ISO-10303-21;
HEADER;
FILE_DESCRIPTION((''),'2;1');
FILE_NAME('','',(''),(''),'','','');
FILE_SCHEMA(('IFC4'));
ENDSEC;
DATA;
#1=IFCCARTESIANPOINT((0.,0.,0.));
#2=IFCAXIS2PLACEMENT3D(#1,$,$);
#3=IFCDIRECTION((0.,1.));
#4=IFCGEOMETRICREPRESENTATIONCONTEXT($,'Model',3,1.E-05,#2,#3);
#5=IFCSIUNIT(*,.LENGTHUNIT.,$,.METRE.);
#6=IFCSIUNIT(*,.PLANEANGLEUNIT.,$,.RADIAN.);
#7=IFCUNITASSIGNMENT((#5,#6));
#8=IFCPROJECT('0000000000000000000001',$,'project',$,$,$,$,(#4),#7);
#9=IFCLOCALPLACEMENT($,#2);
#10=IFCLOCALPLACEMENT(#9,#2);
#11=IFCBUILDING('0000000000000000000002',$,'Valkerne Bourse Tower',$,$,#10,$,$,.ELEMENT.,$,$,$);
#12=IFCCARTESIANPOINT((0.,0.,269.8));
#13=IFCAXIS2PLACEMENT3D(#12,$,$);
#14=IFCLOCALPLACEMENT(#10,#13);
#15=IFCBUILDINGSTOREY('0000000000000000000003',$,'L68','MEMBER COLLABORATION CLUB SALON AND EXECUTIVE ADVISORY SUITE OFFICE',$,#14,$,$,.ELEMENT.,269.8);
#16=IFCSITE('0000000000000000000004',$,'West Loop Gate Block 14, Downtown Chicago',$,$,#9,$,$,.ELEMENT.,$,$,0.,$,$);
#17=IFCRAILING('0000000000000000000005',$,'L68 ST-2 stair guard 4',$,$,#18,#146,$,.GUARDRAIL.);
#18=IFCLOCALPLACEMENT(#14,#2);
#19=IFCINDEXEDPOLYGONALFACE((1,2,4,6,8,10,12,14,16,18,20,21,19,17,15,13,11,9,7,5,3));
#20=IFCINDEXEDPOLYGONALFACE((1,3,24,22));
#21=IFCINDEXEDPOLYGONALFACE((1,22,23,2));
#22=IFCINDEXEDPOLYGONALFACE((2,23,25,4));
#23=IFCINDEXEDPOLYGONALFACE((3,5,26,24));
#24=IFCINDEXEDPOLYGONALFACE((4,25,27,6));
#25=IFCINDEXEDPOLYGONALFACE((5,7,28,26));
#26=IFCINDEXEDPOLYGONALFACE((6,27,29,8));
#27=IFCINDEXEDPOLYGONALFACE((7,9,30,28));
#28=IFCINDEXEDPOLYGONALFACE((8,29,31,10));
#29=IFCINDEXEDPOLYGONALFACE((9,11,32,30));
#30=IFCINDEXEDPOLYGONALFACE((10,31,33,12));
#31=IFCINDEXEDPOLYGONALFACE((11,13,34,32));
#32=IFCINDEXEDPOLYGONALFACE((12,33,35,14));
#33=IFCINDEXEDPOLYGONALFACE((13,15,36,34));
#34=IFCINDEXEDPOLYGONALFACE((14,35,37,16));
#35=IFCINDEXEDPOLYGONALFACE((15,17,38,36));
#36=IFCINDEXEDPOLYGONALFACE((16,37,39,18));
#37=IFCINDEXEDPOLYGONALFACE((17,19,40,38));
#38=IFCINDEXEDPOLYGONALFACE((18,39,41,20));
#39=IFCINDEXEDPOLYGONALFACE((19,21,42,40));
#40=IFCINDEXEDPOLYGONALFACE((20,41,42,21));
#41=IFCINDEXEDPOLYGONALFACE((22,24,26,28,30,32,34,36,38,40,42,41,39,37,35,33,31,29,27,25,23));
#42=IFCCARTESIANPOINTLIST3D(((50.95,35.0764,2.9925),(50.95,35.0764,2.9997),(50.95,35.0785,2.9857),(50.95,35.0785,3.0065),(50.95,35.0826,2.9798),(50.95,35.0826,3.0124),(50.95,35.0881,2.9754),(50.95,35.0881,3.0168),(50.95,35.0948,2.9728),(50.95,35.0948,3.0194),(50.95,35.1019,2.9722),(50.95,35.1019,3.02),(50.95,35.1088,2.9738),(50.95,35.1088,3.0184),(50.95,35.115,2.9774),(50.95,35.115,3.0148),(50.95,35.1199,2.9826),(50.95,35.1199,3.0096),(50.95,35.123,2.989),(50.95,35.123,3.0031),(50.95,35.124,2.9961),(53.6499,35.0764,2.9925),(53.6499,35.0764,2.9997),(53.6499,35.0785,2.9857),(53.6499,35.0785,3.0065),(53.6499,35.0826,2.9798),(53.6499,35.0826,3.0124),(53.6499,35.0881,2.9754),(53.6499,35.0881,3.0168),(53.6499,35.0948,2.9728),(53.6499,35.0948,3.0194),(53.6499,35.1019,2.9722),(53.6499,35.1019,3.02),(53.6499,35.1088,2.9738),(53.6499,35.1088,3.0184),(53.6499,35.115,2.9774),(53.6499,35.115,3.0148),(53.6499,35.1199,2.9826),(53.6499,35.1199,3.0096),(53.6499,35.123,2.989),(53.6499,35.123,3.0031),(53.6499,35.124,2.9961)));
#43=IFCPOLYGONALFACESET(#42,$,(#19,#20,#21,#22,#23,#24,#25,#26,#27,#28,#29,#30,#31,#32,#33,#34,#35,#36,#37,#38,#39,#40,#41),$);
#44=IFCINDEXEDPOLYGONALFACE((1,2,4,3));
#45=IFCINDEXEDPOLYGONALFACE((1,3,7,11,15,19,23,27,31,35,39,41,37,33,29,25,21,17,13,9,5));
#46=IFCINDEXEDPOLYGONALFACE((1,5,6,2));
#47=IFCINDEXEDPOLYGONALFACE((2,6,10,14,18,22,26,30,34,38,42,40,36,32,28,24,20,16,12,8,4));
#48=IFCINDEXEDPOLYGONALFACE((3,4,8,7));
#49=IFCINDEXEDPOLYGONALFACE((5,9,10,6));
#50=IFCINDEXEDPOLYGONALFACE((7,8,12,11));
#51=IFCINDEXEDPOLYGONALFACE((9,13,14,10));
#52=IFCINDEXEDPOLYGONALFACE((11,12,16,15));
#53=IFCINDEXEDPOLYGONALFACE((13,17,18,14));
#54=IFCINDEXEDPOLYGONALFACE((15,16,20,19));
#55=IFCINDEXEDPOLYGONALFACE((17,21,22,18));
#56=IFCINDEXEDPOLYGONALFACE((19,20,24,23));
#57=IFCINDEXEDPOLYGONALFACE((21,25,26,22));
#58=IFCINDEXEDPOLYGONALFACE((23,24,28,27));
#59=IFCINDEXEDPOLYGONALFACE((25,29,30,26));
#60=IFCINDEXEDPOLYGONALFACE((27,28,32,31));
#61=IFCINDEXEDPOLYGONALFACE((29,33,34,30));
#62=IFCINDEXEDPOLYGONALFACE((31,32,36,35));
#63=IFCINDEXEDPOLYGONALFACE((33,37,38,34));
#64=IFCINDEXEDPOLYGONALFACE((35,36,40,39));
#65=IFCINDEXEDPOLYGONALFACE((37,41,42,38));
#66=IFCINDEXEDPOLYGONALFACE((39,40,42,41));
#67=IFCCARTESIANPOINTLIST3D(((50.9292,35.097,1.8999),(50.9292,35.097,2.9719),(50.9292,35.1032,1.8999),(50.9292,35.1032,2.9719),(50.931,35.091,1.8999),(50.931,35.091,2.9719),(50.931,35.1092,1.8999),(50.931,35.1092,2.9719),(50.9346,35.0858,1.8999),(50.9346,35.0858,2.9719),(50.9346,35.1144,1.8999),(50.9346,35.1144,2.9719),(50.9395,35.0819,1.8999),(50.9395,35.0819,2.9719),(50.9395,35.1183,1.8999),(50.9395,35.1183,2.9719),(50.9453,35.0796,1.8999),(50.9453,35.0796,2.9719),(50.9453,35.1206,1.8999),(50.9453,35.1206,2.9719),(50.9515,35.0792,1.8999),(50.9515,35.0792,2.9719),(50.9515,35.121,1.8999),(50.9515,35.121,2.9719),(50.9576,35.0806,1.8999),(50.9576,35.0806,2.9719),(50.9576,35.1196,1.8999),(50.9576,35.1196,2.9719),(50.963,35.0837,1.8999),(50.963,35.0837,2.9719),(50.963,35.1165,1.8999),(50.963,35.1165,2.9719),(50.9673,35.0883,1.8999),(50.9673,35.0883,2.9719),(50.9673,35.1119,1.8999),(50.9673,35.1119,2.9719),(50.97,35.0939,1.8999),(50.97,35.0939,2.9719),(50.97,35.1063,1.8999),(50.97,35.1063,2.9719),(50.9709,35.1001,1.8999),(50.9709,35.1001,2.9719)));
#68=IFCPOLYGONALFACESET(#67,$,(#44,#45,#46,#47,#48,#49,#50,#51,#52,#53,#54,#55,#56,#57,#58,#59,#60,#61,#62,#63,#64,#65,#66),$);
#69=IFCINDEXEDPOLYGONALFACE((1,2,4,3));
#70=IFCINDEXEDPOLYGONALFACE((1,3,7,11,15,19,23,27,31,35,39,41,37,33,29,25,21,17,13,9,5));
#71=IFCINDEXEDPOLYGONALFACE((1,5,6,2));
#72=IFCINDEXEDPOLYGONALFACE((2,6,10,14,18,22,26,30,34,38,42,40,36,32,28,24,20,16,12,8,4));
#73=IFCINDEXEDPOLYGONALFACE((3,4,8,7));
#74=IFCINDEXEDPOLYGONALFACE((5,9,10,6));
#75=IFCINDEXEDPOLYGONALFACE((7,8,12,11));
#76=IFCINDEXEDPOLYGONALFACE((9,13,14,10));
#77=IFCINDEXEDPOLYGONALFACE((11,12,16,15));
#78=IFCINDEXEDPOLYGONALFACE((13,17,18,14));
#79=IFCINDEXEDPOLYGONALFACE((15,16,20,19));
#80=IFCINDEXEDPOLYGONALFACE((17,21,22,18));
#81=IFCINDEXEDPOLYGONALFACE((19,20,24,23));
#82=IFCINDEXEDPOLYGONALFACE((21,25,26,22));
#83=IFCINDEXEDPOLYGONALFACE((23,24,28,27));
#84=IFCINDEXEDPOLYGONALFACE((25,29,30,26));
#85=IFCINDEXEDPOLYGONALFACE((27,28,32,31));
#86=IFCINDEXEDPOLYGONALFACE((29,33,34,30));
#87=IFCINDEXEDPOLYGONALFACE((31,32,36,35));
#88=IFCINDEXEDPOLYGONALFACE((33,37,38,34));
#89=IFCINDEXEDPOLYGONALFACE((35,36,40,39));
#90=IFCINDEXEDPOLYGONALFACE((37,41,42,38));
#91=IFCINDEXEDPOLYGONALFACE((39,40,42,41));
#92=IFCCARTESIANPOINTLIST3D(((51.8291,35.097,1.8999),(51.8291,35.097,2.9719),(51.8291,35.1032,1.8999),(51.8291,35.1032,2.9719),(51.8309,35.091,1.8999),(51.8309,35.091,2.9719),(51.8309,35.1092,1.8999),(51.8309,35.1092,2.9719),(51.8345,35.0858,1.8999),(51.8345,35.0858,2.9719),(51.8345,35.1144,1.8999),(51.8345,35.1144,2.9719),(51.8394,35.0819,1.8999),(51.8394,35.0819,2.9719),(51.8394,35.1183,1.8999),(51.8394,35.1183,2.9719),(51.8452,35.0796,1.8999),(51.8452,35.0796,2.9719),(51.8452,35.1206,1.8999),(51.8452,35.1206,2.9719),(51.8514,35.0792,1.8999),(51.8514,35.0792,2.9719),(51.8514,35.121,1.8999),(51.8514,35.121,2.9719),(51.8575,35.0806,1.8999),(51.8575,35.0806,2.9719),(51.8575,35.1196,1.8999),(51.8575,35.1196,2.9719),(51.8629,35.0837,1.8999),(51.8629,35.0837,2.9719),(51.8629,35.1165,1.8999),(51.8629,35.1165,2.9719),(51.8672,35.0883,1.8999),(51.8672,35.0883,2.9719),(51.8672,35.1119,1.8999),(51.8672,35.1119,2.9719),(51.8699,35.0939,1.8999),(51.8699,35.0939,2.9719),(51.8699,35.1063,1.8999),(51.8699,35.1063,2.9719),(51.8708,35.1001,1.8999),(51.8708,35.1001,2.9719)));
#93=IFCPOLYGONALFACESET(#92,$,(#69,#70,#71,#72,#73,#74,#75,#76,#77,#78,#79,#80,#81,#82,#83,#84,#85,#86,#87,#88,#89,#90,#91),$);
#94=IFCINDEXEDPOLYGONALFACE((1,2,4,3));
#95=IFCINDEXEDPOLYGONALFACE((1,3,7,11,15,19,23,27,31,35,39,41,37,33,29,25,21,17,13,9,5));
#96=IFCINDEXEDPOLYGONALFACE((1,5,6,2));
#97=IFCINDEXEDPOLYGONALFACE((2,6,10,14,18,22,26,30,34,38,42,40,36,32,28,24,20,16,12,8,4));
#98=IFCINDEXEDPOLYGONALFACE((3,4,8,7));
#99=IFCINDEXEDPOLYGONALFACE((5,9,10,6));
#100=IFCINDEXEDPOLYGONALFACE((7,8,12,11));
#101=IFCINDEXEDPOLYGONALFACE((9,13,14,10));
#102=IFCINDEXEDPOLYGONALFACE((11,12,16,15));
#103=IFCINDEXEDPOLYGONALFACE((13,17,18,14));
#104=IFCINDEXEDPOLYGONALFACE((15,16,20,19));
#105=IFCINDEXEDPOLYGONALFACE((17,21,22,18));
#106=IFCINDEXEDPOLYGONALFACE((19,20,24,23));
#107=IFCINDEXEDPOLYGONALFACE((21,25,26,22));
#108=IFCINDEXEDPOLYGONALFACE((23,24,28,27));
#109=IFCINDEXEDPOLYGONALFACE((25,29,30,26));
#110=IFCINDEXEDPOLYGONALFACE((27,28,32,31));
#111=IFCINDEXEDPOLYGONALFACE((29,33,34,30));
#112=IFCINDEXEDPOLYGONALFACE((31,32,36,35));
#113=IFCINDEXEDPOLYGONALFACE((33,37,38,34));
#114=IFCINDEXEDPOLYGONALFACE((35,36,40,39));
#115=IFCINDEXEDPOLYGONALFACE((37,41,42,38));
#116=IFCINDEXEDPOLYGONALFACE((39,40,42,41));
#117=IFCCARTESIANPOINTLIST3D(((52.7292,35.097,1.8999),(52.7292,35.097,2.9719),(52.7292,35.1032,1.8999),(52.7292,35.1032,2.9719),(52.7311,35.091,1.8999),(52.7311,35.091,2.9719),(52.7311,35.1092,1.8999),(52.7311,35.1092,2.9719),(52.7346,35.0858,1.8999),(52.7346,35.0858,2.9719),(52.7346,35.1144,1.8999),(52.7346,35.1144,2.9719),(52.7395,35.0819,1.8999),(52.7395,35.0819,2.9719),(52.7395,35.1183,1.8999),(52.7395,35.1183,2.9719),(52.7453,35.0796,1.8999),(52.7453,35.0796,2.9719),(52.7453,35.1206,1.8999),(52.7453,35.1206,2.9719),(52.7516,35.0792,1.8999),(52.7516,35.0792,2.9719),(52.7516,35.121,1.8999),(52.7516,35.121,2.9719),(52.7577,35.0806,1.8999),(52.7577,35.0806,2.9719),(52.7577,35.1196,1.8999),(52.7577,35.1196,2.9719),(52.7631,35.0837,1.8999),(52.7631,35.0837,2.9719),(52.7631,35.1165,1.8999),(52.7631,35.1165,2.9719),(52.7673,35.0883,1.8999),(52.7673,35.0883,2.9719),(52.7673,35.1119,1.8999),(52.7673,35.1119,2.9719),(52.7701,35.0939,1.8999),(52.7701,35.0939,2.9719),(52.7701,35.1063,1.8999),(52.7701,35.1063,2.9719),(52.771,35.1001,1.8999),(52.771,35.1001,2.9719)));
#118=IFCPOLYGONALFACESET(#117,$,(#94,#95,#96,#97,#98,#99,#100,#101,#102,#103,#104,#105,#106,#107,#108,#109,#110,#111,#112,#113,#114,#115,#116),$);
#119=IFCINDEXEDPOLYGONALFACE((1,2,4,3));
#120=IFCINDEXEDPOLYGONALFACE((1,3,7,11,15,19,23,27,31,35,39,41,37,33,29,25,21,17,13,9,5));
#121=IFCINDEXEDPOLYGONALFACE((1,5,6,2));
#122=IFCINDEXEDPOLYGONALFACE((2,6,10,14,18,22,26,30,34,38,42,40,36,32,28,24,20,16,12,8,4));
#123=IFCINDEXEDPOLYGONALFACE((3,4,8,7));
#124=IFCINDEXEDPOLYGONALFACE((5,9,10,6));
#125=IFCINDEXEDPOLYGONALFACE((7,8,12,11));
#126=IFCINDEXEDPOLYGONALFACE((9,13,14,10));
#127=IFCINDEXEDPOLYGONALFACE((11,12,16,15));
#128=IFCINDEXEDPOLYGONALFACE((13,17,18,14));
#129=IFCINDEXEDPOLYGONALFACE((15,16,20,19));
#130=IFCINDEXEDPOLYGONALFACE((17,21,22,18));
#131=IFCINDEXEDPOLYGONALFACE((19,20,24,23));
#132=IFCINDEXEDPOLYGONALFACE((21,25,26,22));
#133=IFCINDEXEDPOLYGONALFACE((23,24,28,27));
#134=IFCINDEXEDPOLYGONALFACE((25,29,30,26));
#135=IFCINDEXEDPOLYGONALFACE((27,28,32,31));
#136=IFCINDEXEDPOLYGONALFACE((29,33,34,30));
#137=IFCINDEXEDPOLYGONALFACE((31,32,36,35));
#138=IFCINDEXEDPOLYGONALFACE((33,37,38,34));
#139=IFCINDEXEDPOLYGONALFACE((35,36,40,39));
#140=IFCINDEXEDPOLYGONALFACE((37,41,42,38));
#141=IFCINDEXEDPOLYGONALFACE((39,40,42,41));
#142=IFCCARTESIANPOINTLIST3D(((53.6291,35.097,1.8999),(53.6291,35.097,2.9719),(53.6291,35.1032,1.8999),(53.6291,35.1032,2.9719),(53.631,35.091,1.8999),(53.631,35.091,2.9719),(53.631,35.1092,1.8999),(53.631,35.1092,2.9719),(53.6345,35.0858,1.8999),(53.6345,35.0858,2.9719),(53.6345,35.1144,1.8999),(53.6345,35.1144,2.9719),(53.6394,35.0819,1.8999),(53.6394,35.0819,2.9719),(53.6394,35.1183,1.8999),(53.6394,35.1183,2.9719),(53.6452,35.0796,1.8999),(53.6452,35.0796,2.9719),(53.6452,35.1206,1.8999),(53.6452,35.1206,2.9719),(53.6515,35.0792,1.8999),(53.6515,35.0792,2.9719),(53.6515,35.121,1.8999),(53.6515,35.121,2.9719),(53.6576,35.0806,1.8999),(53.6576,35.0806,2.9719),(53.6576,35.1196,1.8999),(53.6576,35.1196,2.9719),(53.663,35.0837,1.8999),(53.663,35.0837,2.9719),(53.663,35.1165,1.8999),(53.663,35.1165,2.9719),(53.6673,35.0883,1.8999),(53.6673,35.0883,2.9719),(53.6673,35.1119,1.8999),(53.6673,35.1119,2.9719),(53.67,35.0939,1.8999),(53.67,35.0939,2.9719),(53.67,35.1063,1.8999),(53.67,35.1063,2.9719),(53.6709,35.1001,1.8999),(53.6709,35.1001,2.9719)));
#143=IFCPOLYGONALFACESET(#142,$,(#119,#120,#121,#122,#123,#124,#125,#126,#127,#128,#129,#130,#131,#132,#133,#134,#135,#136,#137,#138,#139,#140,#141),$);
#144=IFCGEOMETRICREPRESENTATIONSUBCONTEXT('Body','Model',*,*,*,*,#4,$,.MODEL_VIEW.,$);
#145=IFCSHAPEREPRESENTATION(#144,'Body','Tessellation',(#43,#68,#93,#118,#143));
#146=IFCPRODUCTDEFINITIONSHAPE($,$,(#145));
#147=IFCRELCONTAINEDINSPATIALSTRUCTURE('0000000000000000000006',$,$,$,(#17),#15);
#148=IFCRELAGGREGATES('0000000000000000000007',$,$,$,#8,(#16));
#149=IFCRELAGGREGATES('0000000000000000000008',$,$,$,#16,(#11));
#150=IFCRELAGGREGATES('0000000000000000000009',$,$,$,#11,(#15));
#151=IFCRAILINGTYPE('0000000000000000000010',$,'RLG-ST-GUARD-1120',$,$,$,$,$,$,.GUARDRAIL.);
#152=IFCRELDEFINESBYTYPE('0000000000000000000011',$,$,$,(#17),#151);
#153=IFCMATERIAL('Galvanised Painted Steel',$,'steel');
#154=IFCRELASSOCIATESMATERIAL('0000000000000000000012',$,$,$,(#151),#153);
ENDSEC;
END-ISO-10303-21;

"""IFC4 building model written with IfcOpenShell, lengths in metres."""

from ifc_helpers import new_model, si_unit, direction, frame, origin, origin_2d, place, context, subcontext, project, spatial, circle, extrude, material, type_object, element, save


model = new_model("IFC4")

# Units and contexts
model_context = context("Model", 3, precision=1e-05, world=origin(), true_north=direction((0.0, 1.0)))
body_context = subcontext(model_context, "Body", "Model", "MODEL_VIEW")
ifc_project = project(units=[si_unit("LENGTHUNIT", "METRE"), si_unit("PLANEANGLEUNIT", "RADIAN")], contexts=[model_context])

# Site, building, storey
site_placement = place(None, origin())
site = spatial("IfcSite", under=ifc_project, at=site_placement, Name="West Loop Gate Block 14, Downtown Chicago", CompositionType="ELEMENT", RefElevation=0.0)
building_placement = place(site_placement, origin())
building = spatial("IfcBuilding", under=site, at=building_placement, Name="Valkerne Bourse Tower", CompositionType="ELEMENT")
storey_placement = place(building_placement, frame((0.0, 0.0, 269.8)))
storey = spatial("IfcBuildingStorey", under=building, at=storey_placement, Name="L68", Description="MEMBER COLLABORATION CLUB SALON AND EXECUTIVE ADVISORY SUITE OFFICE", CompositionType="ELEMENT", Elevation=269.8)

# Railing
ifc_material_1 = material(Name="Galvanised Painted Steel", Category="steel")
railing_type_1 = type_object("IfcRailingType", Name="RLG-ST-GUARD-1120", PredefinedType="GUARDRAIL", material=ifc_material_1)
railing_1_placement = place(storey_placement, frame((50.95, 35.1001, 1.8999)))
element("IfcRailing", 1, at=railing_1_placement, inside=storey, type_object=railing_type_1, Name="L68 ST-2 stair guard 4", PredefinedType="GUARDRAIL", context=body_context, shape_type="SweptSolid", body=[
    extrude(circle(Radius=0.0239, at=origin_2d()), frame((0.0, 0.0, 1.0962), z_axis=(1.0, 0.0, 0.0), x_axis=(0.0, 1.0, 0.0)), (0.0, 0.0, 1.0), 2.7),
    extrude(circle(Radius=0.021, at=origin_2d()), origin(), (0.0, 0.0, 1.0), 1.072),
    extrude(circle(Radius=0.021, at=origin_2d()), frame((0.8999, 0.0, 0.0)), (0.0, 0.0, 1.0), 1.072),
    extrude(circle(Radius=0.021, at=origin_2d()), frame((1.8, 0.0, 0.0)), (0.0, 0.0, 1.0), 1.072),
    extrude(circle(Radius=0.021, at=origin_2d()), frame((2.7, 0.0, 0.0)), (0.0, 0.0, 1.0), 1.072),
])

save(model, "model.ifc")
